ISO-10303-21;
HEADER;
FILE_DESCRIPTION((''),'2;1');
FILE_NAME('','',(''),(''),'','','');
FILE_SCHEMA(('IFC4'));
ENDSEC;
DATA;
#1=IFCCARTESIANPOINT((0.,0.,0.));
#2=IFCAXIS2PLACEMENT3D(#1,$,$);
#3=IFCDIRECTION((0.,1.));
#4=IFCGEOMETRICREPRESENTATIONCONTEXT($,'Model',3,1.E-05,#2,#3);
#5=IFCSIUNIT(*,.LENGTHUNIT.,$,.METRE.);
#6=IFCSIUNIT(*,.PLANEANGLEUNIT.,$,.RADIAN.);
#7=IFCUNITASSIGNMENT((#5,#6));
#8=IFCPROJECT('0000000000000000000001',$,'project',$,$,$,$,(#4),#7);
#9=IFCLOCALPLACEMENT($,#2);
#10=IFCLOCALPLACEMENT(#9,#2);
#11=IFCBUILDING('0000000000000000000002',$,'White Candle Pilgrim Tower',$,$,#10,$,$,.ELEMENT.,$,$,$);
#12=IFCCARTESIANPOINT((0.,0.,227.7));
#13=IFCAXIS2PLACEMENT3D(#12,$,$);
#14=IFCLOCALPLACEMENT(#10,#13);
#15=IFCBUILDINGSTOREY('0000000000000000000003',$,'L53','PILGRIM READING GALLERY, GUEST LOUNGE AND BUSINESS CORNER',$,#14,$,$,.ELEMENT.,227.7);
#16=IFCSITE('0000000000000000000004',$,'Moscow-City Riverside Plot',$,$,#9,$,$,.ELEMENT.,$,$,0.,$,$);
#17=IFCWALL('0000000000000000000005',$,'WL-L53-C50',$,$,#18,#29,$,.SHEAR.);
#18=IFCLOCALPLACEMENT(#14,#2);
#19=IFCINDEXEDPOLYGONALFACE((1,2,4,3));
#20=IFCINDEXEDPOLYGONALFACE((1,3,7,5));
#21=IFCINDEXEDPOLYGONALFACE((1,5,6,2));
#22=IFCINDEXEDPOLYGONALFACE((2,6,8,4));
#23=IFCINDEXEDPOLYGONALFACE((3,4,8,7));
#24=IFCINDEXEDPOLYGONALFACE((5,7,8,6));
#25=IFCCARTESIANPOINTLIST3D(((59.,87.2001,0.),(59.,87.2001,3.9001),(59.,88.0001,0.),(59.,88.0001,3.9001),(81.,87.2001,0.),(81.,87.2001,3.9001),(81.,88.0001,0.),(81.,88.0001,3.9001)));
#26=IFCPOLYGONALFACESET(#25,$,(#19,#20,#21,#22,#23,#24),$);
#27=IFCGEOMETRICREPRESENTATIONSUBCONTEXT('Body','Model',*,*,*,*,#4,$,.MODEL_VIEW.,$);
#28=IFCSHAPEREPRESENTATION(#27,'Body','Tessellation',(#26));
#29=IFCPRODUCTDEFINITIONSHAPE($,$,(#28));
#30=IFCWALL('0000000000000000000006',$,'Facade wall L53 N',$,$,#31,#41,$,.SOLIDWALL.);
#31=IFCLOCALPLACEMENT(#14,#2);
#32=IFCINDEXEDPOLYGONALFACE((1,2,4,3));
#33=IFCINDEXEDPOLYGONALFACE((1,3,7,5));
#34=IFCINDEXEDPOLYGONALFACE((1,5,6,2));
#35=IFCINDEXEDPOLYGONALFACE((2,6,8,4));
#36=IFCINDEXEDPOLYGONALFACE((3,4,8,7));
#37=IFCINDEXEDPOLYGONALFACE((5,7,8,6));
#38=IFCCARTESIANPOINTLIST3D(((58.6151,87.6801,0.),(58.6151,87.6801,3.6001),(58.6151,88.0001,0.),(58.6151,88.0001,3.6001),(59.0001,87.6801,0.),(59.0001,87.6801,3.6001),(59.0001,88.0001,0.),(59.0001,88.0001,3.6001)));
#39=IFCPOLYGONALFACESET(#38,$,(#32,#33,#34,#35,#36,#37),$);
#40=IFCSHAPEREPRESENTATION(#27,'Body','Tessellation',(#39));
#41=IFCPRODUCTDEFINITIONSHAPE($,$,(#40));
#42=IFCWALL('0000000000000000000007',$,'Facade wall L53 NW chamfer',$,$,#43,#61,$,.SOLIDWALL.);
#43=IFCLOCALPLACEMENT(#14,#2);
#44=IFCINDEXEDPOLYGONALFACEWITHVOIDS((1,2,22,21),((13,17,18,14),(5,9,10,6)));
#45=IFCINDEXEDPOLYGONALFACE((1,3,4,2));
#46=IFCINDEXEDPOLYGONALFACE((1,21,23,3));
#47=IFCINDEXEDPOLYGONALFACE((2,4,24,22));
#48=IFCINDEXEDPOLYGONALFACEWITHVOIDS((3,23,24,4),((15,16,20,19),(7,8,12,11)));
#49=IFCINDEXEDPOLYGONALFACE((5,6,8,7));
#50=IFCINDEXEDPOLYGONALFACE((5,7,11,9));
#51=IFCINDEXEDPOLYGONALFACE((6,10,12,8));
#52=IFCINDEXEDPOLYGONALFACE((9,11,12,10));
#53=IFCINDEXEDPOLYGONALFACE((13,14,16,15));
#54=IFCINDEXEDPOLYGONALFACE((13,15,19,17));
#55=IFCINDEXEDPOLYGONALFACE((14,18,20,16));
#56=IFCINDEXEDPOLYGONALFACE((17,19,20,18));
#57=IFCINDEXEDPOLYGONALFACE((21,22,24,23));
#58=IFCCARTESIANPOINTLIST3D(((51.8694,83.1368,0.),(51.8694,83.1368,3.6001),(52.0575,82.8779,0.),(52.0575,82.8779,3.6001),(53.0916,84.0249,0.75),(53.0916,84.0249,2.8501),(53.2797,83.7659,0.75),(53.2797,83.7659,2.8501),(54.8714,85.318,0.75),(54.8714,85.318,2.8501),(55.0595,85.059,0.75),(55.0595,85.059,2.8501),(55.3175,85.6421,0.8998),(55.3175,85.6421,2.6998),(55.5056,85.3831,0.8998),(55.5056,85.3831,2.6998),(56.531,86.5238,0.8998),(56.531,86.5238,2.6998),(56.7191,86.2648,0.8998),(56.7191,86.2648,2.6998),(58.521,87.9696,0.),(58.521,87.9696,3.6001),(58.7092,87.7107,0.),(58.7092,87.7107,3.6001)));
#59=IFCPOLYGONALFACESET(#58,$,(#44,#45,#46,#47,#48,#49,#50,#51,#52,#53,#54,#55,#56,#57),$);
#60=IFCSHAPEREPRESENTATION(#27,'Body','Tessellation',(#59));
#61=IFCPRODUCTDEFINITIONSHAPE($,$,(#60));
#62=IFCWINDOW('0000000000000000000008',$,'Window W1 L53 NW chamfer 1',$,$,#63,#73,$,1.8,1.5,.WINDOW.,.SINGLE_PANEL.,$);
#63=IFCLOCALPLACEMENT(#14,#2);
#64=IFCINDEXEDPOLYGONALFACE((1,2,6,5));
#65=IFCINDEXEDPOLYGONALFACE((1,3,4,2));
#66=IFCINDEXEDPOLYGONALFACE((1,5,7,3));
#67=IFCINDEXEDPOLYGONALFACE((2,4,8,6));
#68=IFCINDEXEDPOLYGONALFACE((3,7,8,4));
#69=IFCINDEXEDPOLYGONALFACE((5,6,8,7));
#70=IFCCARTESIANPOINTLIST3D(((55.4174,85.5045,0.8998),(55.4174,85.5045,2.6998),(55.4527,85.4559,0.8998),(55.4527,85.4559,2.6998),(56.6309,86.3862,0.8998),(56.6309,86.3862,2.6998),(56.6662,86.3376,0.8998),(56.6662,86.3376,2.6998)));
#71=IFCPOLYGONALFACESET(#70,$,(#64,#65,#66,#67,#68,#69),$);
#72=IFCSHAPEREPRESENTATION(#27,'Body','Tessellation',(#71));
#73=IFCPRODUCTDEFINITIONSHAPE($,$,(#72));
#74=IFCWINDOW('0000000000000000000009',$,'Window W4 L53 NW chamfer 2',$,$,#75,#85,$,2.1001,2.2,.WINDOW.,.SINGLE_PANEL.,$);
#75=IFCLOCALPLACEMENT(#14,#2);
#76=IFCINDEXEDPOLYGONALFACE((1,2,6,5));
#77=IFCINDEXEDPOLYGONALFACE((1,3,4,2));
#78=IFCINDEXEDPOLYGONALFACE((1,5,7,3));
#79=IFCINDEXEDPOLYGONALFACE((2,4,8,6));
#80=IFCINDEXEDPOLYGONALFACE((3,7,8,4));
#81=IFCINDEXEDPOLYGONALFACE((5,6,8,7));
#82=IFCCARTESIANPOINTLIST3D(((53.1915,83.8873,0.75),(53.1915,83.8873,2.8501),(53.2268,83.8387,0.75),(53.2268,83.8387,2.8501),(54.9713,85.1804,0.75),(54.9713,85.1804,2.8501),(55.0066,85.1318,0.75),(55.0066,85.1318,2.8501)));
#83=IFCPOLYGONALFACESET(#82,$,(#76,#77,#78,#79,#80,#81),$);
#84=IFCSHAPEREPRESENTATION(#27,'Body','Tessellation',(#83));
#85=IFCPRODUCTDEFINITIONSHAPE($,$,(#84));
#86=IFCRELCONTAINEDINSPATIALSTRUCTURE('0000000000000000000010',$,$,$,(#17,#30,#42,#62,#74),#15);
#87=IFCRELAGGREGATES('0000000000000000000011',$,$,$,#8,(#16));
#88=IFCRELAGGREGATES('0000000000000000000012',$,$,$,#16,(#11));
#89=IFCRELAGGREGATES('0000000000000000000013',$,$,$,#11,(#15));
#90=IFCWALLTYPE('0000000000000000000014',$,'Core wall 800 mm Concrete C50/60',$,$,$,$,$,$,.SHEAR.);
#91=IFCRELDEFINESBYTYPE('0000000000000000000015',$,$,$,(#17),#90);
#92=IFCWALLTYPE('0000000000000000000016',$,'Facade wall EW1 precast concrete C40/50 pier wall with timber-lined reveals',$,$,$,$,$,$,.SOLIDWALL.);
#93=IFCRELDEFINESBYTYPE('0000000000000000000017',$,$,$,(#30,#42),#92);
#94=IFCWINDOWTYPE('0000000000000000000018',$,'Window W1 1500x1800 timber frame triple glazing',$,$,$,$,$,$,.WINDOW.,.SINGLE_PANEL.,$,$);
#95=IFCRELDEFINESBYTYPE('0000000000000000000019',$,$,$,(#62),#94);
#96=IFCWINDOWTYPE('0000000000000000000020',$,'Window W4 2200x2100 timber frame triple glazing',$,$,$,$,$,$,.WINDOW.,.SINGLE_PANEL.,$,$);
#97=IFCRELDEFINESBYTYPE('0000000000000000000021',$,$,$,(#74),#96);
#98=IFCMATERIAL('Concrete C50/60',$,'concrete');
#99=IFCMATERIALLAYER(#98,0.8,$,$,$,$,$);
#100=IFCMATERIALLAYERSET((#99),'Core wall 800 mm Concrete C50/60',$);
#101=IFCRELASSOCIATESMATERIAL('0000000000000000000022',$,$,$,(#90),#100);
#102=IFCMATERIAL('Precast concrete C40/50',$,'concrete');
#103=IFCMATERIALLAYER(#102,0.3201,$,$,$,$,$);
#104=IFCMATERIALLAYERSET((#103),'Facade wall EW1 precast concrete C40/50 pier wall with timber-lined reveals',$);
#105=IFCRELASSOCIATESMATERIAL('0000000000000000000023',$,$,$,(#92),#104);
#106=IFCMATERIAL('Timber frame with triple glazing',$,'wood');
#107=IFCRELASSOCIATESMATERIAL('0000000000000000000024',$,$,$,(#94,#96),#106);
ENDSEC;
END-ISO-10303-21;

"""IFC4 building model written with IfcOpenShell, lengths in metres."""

from ifc_helpers import new_model, si_unit, direction, frame, frame_2d, origin, place, context, subcontext, project, spatial, rectangle, extrude, material, layer, layer_set, type_object, element, fill, save


model = new_model("IFC4")

# Units and contexts
model_context = context("Model", 3, precision=1e-05, world=origin(), true_north=direction((0.0, 1.0)))
body_context = subcontext(model_context, "Body", "Model", "MODEL_VIEW")
ifc_project = project(units=[si_unit("LENGTHUNIT", "METRE"), si_unit("PLANEANGLEUNIT", "RADIAN")], contexts=[model_context])

# Site, building, storey
site_placement = place(None, origin())
site = spatial("IfcSite", under=ifc_project, at=site_placement, Name="Moscow-City Riverside Plot", CompositionType="ELEMENT", RefElevation=0.0)
building_placement = place(site_placement, origin())
building = spatial("IfcBuilding", under=site, at=building_placement, Name="White Candle Pilgrim Tower", CompositionType="ELEMENT")
storey_placement = place(building_placement, frame((0.0, 0.0, 227.7)))
storey = spatial("IfcBuildingStorey", under=building, at=storey_placement, Name="L53", Description="PILGRIM READING GALLERY, GUEST LOUNGE AND BUSINESS CORNER", CompositionType="ELEMENT", Elevation=227.7)

# Shared definitions
ifc_material_1 = material(Name="Concrete C50/60", Category="concrete")

# Walls
ifc_layer_1 = layer(ifc_material_1, 0.8)
ifc_layer_set_1 = layer_set([ifc_layer_1], Name="Core wall 800 mm Concrete C50/60")
wall_type_1 = type_object("IfcWallType", Name="Core wall 800 mm Concrete C50/60", PredefinedType="SHEAR", material=ifc_layer_set_1)
wall_1_placement = place(storey_placement, frame((59.0, 87.6001, 0.0), z_axis=(0.0, 0.0, 1.0), x_axis=(1.0, 0.0, 0.0)))
element("IfcWall", 1, at=wall_1_placement, inside=storey, type_object=wall_type_1, Name="WL-L53-C50", PredefinedType="SHEAR", context=body_context, shape_type="SweptSolid", body=[
    extrude(rectangle(XDim=22.0, YDim=0.8, at=frame_2d((11.0, 0.0))), origin(), (0.0, 0.0, 1.0), 3.9001),
])
ifc_material_2 = material(Name="Precast concrete C40/50", Category="concrete")
ifc_layer_2 = layer(ifc_material_2, 0.3201)
ifc_layer_set_2 = layer_set([ifc_layer_2], Name="Facade wall EW1 precast concrete C40/50 pier wall with timber-lined reveals")
wall_type_2 = type_object("IfcWallType", Name="Facade wall EW1 precast concrete C40/50 pier wall with timber-lined reveals", PredefinedType="SOLIDWALL", material=ifc_layer_set_2)
wall_2_placement = place(storey_placement, frame((59.0, 87.8401, 0.0), z_axis=(0.0, 0.0, 1.0), x_axis=(-1.0, 0.0, 0.0)))
element("IfcWall", 2, at=wall_2_placement, inside=storey, type_object=wall_type_2, Name="Facade wall L53 N", PredefinedType="SOLIDWALL", context=body_context, shape_type="SweptSolid", body=[
    extrude(rectangle(XDim=0.385, YDim=0.3201, at=frame_2d((0.1924, 0.0))), origin(), (0.0, 0.0, 1.0), 3.6001),
])

# Wall, openings, windows
wall_3_placement = place(storey_placement, frame((58.615, 87.8401, 0.0), z_axis=(0.0, 0.0, 1.0), x_axis=(-0.809012, -0.587792, 0.0)))
wall_3 = element("IfcWall", 3, at=wall_3_placement, inside=storey, type_object=wall_type_2, Name="Facade wall L53 NW chamfer", PredefinedType="SOLIDWALL", context=body_context, shape_type="SweptSolid", body=[
    extrude(rectangle(XDim=8.2219, YDim=0.3201, at=frame_2d((4.1108, 0.0))), origin(), (0.0, 0.0, 1.0), 3.6001),
])
opening_1_placement = place(wall_3_placement, frame((2.4597, 0.0, 0.8999)))
opening_1 = element("IfcOpeningElement", 4, at=opening_1_placement, cuts=wall_3, PredefinedType="OPENING", context=body_context, shape_type="SweptSolid", body=[
    extrude(rectangle(XDim=1.5, YDim=1.8, at=frame_2d((0.75, 0.8999))), frame((0.0, 0.1699, 0.0), z_axis=(0.0, -1.0, 0.0), x_axis=(1.0, 0.0, 0.0)), (0.0, 0.0, 1.0), 0.3401),
])
opening_2_placement = place(wall_3_placement, frame((4.511, 0.0, 0.75)))
opening_2 = element("IfcOpeningElement", 5, at=opening_2_placement, cuts=wall_3, PredefinedType="OPENING", context=body_context, shape_type="SweptSolid", body=[
    extrude(rectangle(XDim=2.2, YDim=2.1001, at=frame_2d((1.1001, 1.05))), frame((0.0, 0.1699, 0.0), z_axis=(0.0, -1.0, 0.0), x_axis=(1.0, 0.0, 0.0)), (0.0, 0.0, 1.0), 0.3401),
])
ifc_material_3 = material(Name="Timber frame with triple glazing", Category="wood")
window_type_1 = type_object("IfcWindowType", Name="Window W1 1500x1800 timber frame triple glazing", PartitioningType="SINGLE_PANEL", PredefinedType="WINDOW", material=ifc_material_3)
window_1_placement = place(opening_1_placement, origin())
window_1 = element("IfcWindow", 6, at=window_1_placement, inside=storey, type_object=window_type_1, Name="Window W1 L53 NW chamfer 1", OverallHeight=1.8, OverallWidth=1.5, PartitioningType="SINGLE_PANEL", PredefinedType="WINDOW", context=body_context, shape_type="SweptSolid", body=[
    extrude(rectangle(XDim=1.5, YDim=1.8, at=frame_2d((0.75, 0.8999))), frame((0.0, 0.0701, 0.0), z_axis=(0.0, -1.0, 0.0), x_axis=(1.0, 0.0, 0.0)), (0.0, 0.0, 1.0), 0.0601),
])
fill(opening_1, window_1)
window_type_2 = type_object("IfcWindowType", Name="Window W4 2200x2100 timber frame triple glazing", PartitioningType="SINGLE_PANEL", PredefinedType="WINDOW", material=ifc_material_3)
window_2_placement = place(opening_2_placement, origin())
window_2 = element("IfcWindow", 7, at=window_2_placement, inside=storey, type_object=window_type_2, Name="Window W4 L53 NW chamfer 2", OverallHeight=2.1001, OverallWidth=2.2, PartitioningType="SINGLE_PANEL", PredefinedType="WINDOW", context=body_context, shape_type="SweptSolid", body=[
    extrude(rectangle(XDim=2.2, YDim=2.1001, at=frame_2d((1.1001, 1.05))), frame((0.0, 0.0701, 0.0), z_axis=(0.0, -1.0, 0.0), x_axis=(1.0, 0.0, 0.0)), (0.0, 0.0, 1.0), 0.0601),
])
fill(opening_2, window_2)

save(model, "model.ifc")
